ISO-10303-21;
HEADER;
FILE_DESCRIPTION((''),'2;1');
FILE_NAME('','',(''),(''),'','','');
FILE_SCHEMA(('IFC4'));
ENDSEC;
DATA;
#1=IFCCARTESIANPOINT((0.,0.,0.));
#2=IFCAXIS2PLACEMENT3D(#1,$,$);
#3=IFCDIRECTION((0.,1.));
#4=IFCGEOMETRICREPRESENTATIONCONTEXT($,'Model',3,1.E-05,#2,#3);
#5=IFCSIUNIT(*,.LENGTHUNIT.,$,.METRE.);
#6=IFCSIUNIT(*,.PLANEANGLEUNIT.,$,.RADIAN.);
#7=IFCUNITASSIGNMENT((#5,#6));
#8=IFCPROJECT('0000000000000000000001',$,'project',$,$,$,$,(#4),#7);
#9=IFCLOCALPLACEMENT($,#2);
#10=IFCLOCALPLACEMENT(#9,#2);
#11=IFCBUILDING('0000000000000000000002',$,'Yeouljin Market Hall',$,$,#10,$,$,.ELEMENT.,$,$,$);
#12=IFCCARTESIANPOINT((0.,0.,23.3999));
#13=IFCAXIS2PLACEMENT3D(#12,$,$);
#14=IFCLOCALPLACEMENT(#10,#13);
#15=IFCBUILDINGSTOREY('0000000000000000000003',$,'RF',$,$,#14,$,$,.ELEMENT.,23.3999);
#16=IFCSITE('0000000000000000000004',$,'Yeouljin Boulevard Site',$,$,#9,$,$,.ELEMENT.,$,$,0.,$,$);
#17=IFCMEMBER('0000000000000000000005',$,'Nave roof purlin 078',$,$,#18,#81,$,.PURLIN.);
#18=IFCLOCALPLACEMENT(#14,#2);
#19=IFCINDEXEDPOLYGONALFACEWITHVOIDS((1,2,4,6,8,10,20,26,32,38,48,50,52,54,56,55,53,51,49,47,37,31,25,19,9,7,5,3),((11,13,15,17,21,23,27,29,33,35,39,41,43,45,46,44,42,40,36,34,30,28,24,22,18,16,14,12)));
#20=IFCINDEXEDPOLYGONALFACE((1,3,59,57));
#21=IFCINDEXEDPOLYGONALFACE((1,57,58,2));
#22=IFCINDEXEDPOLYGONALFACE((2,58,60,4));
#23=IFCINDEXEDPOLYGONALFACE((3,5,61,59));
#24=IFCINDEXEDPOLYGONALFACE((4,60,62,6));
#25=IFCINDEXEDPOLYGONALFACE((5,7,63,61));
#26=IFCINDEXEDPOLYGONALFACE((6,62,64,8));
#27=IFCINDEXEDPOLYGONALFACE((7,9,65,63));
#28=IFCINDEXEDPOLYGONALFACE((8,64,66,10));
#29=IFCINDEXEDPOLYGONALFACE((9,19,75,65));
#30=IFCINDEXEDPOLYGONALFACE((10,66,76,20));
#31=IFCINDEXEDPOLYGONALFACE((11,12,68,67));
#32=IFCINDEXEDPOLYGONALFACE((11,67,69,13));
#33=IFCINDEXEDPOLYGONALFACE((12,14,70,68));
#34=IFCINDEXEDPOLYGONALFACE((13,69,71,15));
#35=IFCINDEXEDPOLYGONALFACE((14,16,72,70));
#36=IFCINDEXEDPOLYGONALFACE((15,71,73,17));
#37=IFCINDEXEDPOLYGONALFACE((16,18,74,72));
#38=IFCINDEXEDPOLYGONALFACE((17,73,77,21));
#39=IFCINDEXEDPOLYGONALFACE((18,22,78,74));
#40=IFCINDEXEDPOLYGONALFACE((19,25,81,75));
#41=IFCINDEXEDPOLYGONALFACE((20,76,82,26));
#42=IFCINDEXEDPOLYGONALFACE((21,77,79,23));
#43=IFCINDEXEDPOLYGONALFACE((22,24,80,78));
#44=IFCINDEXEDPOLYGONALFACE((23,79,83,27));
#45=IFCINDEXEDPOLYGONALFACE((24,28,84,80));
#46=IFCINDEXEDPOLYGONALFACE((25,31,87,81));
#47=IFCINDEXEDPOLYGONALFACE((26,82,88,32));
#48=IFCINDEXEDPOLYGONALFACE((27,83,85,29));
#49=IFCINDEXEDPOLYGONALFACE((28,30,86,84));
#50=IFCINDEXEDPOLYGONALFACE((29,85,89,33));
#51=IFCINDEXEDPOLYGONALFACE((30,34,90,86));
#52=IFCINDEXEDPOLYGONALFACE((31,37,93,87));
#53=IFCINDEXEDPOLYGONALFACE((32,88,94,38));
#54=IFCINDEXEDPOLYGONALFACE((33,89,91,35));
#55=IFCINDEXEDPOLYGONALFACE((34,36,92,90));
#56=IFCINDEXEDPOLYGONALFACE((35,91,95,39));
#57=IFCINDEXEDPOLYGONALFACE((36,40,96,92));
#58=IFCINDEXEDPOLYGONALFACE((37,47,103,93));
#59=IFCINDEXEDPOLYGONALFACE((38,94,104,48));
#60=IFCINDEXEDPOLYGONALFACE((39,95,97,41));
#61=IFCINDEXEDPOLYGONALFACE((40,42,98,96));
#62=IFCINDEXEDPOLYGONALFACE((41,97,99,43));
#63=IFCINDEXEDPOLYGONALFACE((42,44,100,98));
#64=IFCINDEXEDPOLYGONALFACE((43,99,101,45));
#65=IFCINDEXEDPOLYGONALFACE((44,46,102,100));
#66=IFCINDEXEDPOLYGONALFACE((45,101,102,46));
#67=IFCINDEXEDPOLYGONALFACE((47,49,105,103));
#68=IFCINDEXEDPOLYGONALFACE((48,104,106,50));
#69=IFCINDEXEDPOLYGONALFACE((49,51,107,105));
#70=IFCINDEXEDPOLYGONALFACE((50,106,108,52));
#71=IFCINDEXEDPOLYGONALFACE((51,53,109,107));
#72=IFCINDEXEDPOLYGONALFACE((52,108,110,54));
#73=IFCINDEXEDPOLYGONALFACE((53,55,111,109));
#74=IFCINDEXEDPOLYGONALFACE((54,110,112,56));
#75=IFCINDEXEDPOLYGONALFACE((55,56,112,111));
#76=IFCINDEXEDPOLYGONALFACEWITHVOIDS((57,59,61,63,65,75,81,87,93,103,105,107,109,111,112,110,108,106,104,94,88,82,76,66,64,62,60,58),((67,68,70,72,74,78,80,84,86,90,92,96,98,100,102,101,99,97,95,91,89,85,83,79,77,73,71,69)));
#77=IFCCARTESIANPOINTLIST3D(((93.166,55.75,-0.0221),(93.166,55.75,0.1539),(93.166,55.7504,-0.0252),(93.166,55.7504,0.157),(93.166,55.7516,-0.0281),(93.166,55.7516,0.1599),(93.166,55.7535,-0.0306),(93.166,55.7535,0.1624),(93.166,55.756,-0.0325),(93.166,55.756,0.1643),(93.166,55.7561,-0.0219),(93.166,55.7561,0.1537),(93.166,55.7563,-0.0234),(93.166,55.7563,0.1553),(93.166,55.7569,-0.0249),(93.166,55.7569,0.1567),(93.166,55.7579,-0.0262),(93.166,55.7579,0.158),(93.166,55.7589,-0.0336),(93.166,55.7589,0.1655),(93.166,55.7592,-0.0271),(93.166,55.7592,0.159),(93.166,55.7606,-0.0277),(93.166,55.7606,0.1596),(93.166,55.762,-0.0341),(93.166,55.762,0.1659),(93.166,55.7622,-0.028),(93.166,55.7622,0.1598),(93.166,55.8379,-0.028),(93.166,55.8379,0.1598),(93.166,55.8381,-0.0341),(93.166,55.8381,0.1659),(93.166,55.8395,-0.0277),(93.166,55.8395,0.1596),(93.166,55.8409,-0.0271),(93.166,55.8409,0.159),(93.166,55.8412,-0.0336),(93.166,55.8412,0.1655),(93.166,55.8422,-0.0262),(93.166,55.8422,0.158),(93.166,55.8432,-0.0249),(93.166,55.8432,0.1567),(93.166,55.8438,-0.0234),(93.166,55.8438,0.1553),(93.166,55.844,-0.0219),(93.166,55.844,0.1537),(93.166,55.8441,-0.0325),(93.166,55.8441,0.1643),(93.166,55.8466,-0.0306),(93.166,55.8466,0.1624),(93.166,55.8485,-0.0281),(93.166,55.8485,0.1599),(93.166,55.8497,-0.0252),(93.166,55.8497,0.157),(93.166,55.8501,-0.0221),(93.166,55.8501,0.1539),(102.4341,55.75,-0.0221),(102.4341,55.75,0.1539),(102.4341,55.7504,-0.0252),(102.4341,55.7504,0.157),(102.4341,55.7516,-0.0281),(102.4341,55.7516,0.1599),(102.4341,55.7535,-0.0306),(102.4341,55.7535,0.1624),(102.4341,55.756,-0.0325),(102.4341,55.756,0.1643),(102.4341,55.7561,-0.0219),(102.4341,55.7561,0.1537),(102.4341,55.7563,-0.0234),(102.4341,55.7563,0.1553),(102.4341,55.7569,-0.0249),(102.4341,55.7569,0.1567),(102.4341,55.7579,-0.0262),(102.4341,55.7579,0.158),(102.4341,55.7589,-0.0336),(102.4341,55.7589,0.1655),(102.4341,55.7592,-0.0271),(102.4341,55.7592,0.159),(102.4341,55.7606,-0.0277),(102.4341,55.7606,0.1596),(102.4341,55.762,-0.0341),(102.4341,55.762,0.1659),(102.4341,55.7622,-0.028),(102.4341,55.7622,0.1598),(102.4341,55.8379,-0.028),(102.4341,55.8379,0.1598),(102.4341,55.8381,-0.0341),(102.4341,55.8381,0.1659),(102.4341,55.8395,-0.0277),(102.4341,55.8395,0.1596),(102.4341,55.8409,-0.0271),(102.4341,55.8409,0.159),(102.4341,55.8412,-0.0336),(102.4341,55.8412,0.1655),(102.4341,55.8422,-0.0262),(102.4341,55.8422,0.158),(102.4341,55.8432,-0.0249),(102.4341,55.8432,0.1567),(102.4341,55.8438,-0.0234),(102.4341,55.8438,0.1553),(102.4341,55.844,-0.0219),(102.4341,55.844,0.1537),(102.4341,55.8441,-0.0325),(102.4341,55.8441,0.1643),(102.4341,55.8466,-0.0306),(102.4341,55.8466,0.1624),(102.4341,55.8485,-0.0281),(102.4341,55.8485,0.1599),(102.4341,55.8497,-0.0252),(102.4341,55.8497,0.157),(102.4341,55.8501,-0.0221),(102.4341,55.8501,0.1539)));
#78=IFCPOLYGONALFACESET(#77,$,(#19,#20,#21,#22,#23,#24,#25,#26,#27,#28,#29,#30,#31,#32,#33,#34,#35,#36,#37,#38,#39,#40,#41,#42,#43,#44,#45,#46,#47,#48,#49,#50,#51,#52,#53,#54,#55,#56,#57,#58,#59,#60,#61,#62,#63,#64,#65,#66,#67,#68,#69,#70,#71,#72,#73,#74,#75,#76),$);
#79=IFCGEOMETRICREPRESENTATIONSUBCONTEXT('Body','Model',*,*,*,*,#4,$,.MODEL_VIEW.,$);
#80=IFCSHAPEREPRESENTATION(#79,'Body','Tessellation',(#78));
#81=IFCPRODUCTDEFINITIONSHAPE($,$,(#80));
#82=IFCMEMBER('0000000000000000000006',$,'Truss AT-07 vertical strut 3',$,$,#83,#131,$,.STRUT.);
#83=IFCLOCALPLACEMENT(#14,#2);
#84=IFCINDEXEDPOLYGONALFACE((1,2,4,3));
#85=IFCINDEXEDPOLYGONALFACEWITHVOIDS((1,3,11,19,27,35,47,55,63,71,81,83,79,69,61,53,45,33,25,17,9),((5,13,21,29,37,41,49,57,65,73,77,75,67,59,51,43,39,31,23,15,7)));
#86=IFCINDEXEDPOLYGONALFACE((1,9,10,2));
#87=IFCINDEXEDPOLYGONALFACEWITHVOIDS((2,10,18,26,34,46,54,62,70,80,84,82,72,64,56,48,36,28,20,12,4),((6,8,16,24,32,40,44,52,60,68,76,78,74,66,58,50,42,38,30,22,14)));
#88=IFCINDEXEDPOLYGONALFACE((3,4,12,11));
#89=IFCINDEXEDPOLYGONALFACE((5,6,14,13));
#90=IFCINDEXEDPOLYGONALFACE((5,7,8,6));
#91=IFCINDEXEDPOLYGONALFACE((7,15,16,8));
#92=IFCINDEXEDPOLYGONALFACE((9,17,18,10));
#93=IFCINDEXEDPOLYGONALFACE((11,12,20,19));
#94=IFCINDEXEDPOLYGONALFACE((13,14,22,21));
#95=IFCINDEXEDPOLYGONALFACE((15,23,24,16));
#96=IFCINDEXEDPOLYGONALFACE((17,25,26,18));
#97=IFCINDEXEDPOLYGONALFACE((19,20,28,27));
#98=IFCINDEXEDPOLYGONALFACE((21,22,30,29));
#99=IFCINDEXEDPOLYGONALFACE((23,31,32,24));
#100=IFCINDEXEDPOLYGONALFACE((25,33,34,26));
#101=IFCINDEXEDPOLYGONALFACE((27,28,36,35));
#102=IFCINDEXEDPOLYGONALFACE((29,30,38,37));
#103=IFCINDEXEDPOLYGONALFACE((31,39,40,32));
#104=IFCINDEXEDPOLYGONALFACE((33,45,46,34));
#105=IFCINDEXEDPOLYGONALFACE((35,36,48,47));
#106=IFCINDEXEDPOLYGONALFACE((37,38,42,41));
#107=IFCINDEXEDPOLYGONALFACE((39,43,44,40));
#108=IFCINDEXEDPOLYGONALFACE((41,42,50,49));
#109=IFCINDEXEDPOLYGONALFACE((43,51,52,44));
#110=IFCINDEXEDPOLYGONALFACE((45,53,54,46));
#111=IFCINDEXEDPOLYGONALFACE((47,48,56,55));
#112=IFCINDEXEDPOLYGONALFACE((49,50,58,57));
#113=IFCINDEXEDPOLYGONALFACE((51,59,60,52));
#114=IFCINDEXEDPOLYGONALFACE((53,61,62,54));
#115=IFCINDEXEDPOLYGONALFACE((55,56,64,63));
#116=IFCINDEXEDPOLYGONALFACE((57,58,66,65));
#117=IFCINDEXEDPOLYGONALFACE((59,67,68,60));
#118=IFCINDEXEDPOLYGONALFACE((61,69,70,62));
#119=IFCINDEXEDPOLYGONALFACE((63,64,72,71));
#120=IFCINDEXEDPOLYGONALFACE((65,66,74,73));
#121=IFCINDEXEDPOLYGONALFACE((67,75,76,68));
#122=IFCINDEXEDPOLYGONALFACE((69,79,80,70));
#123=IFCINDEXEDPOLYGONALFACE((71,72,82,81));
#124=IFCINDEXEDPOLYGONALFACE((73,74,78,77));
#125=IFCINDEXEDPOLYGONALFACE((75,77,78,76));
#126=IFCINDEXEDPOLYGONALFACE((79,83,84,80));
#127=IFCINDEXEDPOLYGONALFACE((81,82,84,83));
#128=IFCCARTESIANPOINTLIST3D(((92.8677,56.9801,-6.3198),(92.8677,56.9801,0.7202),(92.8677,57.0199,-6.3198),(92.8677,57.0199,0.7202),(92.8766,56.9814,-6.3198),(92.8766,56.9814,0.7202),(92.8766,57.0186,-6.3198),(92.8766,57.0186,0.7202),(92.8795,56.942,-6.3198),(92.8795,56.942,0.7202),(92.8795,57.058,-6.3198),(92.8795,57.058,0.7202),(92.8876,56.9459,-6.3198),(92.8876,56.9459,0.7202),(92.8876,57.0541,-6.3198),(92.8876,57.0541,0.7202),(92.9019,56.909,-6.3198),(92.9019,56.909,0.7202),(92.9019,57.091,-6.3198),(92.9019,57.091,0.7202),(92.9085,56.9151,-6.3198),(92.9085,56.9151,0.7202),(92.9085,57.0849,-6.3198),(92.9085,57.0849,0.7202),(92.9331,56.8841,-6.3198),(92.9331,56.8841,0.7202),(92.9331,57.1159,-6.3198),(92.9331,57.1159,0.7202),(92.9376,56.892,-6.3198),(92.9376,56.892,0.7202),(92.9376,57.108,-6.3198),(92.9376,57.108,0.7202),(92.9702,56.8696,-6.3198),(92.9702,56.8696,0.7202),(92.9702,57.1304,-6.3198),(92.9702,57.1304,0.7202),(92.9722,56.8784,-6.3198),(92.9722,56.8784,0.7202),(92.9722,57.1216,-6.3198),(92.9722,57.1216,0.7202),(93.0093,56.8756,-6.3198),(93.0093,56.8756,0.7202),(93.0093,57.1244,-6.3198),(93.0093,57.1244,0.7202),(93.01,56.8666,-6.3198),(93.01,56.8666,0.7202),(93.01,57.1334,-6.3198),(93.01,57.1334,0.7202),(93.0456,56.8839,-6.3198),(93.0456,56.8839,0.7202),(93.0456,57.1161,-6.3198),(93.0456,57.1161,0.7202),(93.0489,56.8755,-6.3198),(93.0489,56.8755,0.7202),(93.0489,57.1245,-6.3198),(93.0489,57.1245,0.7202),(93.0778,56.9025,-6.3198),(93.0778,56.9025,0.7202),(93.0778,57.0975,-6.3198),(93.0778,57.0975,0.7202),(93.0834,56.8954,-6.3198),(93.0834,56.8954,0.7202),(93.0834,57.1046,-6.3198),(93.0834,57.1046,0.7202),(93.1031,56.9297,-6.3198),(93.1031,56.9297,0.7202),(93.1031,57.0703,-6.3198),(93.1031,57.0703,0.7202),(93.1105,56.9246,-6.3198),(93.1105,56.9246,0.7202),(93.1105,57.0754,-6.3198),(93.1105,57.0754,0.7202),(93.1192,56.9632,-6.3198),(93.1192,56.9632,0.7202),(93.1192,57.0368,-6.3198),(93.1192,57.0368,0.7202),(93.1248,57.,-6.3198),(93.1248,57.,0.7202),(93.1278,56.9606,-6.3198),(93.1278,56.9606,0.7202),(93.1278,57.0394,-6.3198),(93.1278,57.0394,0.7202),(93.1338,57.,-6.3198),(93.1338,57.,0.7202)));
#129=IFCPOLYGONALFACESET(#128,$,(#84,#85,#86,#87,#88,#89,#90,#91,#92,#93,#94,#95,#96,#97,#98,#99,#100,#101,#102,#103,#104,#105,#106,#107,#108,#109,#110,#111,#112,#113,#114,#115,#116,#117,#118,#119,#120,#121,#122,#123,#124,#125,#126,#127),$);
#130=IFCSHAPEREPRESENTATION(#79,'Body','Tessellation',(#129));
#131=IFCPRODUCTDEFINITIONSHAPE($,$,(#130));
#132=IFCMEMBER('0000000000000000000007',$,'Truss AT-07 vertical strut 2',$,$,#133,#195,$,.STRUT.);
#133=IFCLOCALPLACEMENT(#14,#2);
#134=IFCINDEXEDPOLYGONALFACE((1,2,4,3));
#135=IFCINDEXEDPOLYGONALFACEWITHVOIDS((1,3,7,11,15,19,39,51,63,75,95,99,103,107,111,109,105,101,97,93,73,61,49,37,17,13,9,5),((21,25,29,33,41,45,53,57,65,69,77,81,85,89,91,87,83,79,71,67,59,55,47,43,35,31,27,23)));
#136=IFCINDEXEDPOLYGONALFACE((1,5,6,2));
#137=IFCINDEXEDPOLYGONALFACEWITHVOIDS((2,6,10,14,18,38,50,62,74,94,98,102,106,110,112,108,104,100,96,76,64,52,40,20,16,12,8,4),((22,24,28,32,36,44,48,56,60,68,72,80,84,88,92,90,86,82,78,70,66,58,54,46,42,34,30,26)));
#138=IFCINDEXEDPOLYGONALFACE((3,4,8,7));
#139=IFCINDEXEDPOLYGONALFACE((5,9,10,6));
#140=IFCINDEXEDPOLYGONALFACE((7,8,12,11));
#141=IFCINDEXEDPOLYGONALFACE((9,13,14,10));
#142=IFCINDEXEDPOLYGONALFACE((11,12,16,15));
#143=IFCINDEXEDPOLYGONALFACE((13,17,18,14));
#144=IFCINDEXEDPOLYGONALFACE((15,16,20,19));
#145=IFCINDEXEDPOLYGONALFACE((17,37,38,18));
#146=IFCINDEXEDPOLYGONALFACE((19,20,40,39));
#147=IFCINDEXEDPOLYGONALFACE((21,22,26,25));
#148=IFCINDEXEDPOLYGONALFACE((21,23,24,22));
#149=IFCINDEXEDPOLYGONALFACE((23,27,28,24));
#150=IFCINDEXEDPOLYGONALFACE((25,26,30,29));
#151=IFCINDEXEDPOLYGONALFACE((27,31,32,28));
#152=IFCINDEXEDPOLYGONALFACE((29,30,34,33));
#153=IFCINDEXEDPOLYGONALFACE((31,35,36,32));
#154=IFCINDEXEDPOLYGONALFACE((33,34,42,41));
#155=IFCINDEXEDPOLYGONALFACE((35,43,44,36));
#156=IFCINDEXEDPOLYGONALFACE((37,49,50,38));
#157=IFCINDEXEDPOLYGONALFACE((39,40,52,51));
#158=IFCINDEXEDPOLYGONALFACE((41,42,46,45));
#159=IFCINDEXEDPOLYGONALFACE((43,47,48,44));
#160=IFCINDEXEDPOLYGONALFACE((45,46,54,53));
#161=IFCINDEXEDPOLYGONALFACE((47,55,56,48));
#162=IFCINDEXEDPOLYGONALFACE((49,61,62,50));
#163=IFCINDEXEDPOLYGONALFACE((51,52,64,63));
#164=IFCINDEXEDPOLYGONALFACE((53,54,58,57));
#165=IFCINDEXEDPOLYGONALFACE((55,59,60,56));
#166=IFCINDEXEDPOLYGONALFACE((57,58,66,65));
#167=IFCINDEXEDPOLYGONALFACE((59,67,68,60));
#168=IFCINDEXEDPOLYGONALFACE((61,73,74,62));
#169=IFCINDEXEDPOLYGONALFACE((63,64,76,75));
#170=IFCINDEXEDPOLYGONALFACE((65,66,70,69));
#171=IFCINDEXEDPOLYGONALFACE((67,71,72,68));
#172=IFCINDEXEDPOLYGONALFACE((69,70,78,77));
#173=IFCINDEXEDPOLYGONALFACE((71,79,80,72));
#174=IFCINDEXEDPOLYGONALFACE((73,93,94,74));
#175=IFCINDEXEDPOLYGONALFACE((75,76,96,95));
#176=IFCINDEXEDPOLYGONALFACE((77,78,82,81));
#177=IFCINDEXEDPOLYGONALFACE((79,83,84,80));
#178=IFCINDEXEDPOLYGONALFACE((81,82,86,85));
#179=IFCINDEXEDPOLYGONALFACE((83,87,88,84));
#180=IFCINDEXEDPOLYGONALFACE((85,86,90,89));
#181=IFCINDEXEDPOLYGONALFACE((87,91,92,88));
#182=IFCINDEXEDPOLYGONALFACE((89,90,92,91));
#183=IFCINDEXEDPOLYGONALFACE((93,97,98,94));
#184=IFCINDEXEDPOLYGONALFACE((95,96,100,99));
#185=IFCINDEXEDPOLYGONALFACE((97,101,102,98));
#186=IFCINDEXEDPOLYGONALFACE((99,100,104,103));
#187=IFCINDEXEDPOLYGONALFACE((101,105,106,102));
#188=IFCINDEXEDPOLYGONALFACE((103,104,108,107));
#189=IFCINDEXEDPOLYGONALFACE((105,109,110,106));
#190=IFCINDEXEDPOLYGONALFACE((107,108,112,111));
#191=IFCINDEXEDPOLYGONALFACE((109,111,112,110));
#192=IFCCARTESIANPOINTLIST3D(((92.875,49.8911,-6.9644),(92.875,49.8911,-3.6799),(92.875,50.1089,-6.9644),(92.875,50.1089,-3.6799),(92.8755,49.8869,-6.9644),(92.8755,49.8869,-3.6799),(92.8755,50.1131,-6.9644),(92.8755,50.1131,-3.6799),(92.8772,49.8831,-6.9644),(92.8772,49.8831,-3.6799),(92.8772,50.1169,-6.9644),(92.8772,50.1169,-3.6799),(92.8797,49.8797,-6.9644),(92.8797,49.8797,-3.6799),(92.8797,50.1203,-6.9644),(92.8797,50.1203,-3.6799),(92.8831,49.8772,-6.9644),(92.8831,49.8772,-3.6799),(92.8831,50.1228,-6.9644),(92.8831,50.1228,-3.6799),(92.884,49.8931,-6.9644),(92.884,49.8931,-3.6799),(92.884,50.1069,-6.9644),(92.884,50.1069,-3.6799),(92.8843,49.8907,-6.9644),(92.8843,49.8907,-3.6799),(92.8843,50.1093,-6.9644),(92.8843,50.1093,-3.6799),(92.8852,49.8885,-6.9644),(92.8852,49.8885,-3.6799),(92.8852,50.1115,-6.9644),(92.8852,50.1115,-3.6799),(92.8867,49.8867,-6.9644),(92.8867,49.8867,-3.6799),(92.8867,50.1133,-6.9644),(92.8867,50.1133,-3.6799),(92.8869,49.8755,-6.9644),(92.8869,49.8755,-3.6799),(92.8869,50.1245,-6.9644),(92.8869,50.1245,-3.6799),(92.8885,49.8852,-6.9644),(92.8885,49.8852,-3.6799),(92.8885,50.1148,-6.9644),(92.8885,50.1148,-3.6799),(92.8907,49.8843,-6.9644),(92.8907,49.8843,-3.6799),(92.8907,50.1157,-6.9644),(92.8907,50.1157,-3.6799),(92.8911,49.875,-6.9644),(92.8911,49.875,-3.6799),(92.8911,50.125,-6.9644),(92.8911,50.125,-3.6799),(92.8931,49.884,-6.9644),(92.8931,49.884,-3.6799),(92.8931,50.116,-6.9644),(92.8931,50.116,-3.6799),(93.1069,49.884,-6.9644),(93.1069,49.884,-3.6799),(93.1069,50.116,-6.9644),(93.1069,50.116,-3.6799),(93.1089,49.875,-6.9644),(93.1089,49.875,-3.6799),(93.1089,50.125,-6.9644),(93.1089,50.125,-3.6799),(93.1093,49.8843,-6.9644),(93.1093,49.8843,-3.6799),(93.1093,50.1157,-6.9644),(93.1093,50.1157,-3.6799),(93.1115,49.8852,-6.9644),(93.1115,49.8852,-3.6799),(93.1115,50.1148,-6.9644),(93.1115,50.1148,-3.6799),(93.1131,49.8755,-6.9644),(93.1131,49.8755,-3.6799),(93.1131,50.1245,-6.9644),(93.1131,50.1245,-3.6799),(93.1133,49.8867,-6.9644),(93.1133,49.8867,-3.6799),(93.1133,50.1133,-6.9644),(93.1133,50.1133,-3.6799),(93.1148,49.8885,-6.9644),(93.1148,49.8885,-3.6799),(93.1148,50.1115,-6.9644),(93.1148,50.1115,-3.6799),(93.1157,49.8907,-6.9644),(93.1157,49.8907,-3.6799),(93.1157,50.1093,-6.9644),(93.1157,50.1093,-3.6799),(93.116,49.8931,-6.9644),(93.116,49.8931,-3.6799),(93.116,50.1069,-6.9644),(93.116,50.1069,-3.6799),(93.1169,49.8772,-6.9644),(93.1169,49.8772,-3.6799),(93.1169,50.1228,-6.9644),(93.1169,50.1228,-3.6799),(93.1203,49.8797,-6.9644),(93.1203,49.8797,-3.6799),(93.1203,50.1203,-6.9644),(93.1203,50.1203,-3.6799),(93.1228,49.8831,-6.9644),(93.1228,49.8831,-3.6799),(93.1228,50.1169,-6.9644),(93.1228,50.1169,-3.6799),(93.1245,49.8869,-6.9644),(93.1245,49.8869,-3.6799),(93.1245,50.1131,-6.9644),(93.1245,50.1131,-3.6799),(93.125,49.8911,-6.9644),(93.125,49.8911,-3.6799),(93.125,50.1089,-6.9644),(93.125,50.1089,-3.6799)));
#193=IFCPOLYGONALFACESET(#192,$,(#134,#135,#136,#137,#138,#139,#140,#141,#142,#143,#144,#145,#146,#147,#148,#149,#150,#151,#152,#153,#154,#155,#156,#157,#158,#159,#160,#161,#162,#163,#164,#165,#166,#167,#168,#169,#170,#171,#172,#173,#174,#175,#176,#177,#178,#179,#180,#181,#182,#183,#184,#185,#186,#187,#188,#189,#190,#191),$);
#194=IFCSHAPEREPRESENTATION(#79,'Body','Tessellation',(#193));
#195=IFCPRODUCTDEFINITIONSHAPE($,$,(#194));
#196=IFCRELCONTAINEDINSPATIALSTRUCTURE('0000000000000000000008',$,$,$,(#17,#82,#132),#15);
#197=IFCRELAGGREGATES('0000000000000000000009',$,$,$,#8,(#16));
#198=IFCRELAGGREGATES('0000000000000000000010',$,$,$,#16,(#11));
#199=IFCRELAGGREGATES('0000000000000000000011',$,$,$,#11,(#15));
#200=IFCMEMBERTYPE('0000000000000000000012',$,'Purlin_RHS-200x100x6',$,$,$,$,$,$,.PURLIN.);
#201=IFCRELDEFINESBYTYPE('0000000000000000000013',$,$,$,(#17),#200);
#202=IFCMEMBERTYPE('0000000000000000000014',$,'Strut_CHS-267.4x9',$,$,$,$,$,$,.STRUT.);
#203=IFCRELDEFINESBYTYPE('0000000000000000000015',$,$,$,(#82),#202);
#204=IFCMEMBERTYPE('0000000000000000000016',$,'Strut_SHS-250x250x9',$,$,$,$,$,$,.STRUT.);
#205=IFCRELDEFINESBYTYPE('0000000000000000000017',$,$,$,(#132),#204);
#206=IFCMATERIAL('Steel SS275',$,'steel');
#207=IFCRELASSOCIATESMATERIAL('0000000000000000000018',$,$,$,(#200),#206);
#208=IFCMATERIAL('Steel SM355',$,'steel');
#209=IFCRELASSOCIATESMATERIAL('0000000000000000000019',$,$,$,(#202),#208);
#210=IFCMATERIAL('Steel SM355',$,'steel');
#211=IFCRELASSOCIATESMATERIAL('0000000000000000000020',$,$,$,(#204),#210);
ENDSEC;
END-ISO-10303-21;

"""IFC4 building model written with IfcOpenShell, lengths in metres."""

from ifc_helpers import new_model, si_unit, direction, frame, origin, origin_2d, place, context, subcontext, project, spatial, hollow_rectangle, hollow_circle, extrude, material, material_profile, profile_set, type_object, element, save


model = new_model("IFC4")

# Units and contexts
model_context = context("Model", 3, precision=1e-05, world=origin(), true_north=direction((0.0, 1.0)))
body_context = subcontext(model_context, "Body", "Model", "MODEL_VIEW")
ifc_project = project(units=[si_unit("LENGTHUNIT", "METRE"), si_unit("PLANEANGLEUNIT", "RADIAN")], contexts=[model_context])

# Site, building, storey
site_placement = place(None, origin())
site = spatial("IfcSite", under=ifc_project, at=site_placement, Name="Yeouljin Boulevard Site", CompositionType="ELEMENT", RefElevation=0.0)
building_placement = place(site_placement, origin())
building = spatial("IfcBuilding", under=site, at=building_placement, Name="Yeouljin Market Hall", CompositionType="ELEMENT")
storey_placement = place(building_placement, frame((0.0, 0.0, 23.3999)))
storey = spatial("IfcBuildingStorey", under=building, at=storey_placement, Name="RF", CompositionType="ELEMENT", Elevation=23.3999)

# Members
ifc_material_1 = material(Name="Steel SS275", Category="steel")
ifc_material_profile_1 = material_profile(ifc_material_1, hollow_rectangle(XDim=0.1001, YDim=0.2, WallThickness=0.0061, InnerFilletRadius=0.0061, OuterFilletRadius=0.012, at=origin_2d()), Name="RHS-200x100x6")
ifc_profile_set_1 = profile_set([ifc_material_profile_1], Name="Steel SS275")
member_type_1 = type_object("IfcMemberType", Name="Purlin_RHS-200x100x6", PredefinedType="PURLIN", material=ifc_profile_set_1)
for number, where, z_axis, x_axis, name in (
    (1, (93.166, 55.8, 0.0659), (1.0, 0.0, 0.0), (0.0, 1.0, 0.0), "Nave roof purlin 078"),
):
    element("IfcMember", number, at=place(storey_placement, frame(where, z_axis=z_axis, x_axis=x_axis)), inside=storey, type_object=member_type_1, Name=name, PredefinedType="PURLIN", context=body_context, shape_type="SweptSolid", body=[
        extrude(hollow_rectangle(XDim=0.1001, YDim=0.2, WallThickness=0.0061, InnerFilletRadius=0.0061, OuterFilletRadius=0.012, at=origin_2d()), origin(), (0.0, 0.0, 1.0), 9.2681),
    ])
ifc_material_2 = material(Name="Steel SM355", Category="steel")
ifc_material_profile_2 = material_profile(ifc_material_2, hollow_circle(Radius=0.1338, WallThickness=0.009, at=origin_2d()), Name="CHS-267.4x9")
ifc_profile_set_2 = profile_set([ifc_material_profile_2], Name="Steel SM355")
member_type_2 = type_object("IfcMemberType", Name="Strut_CHS-267.4x9", PredefinedType="STRUT", material=ifc_profile_set_2)
member_1_placement = place(storey_placement, frame((93.0, 57.0, -6.3198), z_axis=(0.0, 0.0, 1.0), x_axis=(1.0, 0.0, 0.0)))
element("IfcMember", 2, at=member_1_placement, inside=storey, type_object=member_type_2, Name="Truss AT-07 vertical strut 3", PredefinedType="STRUT", context=body_context, shape_type="SweptSolid", body=[
    extrude(hollow_circle(Radius=0.1338, WallThickness=0.009, at=origin_2d()), origin(), (0.0, 0.0, 1.0), 7.04),
])
ifc_material_3 = material(Name="Steel SM355", Category="steel")
ifc_material_profile_3 = material_profile(ifc_material_3, hollow_rectangle(XDim=0.25, YDim=0.25, WallThickness=0.009, InnerFilletRadius=0.009, OuterFilletRadius=0.0161, at=origin_2d()), Name="SHS-250x250x9")
ifc_profile_set_3 = profile_set([ifc_material_profile_3], Name="Steel SM355")
member_type_3 = type_object("IfcMemberType", Name="Strut_SHS-250x250x9", PredefinedType="STRUT", material=ifc_profile_set_3)
member_2_placement = place(storey_placement, frame((93.0, 50.0, -6.9644), z_axis=(0.0, 0.0, 1.0), x_axis=(1.0, 0.0, 0.0)))
element("IfcMember", 3, at=member_2_placement, inside=storey, type_object=member_type_3, Name="Truss AT-07 vertical strut 2", PredefinedType="STRUT", context=body_context, shape_type="SweptSolid", body=[
    extrude(hollow_rectangle(XDim=0.25, YDim=0.25, WallThickness=0.009, InnerFilletRadius=0.009, OuterFilletRadius=0.0161, at=origin_2d()), origin(), (0.0, 0.0, 1.0), 3.2844),
])

save(model, "model.ifc")
